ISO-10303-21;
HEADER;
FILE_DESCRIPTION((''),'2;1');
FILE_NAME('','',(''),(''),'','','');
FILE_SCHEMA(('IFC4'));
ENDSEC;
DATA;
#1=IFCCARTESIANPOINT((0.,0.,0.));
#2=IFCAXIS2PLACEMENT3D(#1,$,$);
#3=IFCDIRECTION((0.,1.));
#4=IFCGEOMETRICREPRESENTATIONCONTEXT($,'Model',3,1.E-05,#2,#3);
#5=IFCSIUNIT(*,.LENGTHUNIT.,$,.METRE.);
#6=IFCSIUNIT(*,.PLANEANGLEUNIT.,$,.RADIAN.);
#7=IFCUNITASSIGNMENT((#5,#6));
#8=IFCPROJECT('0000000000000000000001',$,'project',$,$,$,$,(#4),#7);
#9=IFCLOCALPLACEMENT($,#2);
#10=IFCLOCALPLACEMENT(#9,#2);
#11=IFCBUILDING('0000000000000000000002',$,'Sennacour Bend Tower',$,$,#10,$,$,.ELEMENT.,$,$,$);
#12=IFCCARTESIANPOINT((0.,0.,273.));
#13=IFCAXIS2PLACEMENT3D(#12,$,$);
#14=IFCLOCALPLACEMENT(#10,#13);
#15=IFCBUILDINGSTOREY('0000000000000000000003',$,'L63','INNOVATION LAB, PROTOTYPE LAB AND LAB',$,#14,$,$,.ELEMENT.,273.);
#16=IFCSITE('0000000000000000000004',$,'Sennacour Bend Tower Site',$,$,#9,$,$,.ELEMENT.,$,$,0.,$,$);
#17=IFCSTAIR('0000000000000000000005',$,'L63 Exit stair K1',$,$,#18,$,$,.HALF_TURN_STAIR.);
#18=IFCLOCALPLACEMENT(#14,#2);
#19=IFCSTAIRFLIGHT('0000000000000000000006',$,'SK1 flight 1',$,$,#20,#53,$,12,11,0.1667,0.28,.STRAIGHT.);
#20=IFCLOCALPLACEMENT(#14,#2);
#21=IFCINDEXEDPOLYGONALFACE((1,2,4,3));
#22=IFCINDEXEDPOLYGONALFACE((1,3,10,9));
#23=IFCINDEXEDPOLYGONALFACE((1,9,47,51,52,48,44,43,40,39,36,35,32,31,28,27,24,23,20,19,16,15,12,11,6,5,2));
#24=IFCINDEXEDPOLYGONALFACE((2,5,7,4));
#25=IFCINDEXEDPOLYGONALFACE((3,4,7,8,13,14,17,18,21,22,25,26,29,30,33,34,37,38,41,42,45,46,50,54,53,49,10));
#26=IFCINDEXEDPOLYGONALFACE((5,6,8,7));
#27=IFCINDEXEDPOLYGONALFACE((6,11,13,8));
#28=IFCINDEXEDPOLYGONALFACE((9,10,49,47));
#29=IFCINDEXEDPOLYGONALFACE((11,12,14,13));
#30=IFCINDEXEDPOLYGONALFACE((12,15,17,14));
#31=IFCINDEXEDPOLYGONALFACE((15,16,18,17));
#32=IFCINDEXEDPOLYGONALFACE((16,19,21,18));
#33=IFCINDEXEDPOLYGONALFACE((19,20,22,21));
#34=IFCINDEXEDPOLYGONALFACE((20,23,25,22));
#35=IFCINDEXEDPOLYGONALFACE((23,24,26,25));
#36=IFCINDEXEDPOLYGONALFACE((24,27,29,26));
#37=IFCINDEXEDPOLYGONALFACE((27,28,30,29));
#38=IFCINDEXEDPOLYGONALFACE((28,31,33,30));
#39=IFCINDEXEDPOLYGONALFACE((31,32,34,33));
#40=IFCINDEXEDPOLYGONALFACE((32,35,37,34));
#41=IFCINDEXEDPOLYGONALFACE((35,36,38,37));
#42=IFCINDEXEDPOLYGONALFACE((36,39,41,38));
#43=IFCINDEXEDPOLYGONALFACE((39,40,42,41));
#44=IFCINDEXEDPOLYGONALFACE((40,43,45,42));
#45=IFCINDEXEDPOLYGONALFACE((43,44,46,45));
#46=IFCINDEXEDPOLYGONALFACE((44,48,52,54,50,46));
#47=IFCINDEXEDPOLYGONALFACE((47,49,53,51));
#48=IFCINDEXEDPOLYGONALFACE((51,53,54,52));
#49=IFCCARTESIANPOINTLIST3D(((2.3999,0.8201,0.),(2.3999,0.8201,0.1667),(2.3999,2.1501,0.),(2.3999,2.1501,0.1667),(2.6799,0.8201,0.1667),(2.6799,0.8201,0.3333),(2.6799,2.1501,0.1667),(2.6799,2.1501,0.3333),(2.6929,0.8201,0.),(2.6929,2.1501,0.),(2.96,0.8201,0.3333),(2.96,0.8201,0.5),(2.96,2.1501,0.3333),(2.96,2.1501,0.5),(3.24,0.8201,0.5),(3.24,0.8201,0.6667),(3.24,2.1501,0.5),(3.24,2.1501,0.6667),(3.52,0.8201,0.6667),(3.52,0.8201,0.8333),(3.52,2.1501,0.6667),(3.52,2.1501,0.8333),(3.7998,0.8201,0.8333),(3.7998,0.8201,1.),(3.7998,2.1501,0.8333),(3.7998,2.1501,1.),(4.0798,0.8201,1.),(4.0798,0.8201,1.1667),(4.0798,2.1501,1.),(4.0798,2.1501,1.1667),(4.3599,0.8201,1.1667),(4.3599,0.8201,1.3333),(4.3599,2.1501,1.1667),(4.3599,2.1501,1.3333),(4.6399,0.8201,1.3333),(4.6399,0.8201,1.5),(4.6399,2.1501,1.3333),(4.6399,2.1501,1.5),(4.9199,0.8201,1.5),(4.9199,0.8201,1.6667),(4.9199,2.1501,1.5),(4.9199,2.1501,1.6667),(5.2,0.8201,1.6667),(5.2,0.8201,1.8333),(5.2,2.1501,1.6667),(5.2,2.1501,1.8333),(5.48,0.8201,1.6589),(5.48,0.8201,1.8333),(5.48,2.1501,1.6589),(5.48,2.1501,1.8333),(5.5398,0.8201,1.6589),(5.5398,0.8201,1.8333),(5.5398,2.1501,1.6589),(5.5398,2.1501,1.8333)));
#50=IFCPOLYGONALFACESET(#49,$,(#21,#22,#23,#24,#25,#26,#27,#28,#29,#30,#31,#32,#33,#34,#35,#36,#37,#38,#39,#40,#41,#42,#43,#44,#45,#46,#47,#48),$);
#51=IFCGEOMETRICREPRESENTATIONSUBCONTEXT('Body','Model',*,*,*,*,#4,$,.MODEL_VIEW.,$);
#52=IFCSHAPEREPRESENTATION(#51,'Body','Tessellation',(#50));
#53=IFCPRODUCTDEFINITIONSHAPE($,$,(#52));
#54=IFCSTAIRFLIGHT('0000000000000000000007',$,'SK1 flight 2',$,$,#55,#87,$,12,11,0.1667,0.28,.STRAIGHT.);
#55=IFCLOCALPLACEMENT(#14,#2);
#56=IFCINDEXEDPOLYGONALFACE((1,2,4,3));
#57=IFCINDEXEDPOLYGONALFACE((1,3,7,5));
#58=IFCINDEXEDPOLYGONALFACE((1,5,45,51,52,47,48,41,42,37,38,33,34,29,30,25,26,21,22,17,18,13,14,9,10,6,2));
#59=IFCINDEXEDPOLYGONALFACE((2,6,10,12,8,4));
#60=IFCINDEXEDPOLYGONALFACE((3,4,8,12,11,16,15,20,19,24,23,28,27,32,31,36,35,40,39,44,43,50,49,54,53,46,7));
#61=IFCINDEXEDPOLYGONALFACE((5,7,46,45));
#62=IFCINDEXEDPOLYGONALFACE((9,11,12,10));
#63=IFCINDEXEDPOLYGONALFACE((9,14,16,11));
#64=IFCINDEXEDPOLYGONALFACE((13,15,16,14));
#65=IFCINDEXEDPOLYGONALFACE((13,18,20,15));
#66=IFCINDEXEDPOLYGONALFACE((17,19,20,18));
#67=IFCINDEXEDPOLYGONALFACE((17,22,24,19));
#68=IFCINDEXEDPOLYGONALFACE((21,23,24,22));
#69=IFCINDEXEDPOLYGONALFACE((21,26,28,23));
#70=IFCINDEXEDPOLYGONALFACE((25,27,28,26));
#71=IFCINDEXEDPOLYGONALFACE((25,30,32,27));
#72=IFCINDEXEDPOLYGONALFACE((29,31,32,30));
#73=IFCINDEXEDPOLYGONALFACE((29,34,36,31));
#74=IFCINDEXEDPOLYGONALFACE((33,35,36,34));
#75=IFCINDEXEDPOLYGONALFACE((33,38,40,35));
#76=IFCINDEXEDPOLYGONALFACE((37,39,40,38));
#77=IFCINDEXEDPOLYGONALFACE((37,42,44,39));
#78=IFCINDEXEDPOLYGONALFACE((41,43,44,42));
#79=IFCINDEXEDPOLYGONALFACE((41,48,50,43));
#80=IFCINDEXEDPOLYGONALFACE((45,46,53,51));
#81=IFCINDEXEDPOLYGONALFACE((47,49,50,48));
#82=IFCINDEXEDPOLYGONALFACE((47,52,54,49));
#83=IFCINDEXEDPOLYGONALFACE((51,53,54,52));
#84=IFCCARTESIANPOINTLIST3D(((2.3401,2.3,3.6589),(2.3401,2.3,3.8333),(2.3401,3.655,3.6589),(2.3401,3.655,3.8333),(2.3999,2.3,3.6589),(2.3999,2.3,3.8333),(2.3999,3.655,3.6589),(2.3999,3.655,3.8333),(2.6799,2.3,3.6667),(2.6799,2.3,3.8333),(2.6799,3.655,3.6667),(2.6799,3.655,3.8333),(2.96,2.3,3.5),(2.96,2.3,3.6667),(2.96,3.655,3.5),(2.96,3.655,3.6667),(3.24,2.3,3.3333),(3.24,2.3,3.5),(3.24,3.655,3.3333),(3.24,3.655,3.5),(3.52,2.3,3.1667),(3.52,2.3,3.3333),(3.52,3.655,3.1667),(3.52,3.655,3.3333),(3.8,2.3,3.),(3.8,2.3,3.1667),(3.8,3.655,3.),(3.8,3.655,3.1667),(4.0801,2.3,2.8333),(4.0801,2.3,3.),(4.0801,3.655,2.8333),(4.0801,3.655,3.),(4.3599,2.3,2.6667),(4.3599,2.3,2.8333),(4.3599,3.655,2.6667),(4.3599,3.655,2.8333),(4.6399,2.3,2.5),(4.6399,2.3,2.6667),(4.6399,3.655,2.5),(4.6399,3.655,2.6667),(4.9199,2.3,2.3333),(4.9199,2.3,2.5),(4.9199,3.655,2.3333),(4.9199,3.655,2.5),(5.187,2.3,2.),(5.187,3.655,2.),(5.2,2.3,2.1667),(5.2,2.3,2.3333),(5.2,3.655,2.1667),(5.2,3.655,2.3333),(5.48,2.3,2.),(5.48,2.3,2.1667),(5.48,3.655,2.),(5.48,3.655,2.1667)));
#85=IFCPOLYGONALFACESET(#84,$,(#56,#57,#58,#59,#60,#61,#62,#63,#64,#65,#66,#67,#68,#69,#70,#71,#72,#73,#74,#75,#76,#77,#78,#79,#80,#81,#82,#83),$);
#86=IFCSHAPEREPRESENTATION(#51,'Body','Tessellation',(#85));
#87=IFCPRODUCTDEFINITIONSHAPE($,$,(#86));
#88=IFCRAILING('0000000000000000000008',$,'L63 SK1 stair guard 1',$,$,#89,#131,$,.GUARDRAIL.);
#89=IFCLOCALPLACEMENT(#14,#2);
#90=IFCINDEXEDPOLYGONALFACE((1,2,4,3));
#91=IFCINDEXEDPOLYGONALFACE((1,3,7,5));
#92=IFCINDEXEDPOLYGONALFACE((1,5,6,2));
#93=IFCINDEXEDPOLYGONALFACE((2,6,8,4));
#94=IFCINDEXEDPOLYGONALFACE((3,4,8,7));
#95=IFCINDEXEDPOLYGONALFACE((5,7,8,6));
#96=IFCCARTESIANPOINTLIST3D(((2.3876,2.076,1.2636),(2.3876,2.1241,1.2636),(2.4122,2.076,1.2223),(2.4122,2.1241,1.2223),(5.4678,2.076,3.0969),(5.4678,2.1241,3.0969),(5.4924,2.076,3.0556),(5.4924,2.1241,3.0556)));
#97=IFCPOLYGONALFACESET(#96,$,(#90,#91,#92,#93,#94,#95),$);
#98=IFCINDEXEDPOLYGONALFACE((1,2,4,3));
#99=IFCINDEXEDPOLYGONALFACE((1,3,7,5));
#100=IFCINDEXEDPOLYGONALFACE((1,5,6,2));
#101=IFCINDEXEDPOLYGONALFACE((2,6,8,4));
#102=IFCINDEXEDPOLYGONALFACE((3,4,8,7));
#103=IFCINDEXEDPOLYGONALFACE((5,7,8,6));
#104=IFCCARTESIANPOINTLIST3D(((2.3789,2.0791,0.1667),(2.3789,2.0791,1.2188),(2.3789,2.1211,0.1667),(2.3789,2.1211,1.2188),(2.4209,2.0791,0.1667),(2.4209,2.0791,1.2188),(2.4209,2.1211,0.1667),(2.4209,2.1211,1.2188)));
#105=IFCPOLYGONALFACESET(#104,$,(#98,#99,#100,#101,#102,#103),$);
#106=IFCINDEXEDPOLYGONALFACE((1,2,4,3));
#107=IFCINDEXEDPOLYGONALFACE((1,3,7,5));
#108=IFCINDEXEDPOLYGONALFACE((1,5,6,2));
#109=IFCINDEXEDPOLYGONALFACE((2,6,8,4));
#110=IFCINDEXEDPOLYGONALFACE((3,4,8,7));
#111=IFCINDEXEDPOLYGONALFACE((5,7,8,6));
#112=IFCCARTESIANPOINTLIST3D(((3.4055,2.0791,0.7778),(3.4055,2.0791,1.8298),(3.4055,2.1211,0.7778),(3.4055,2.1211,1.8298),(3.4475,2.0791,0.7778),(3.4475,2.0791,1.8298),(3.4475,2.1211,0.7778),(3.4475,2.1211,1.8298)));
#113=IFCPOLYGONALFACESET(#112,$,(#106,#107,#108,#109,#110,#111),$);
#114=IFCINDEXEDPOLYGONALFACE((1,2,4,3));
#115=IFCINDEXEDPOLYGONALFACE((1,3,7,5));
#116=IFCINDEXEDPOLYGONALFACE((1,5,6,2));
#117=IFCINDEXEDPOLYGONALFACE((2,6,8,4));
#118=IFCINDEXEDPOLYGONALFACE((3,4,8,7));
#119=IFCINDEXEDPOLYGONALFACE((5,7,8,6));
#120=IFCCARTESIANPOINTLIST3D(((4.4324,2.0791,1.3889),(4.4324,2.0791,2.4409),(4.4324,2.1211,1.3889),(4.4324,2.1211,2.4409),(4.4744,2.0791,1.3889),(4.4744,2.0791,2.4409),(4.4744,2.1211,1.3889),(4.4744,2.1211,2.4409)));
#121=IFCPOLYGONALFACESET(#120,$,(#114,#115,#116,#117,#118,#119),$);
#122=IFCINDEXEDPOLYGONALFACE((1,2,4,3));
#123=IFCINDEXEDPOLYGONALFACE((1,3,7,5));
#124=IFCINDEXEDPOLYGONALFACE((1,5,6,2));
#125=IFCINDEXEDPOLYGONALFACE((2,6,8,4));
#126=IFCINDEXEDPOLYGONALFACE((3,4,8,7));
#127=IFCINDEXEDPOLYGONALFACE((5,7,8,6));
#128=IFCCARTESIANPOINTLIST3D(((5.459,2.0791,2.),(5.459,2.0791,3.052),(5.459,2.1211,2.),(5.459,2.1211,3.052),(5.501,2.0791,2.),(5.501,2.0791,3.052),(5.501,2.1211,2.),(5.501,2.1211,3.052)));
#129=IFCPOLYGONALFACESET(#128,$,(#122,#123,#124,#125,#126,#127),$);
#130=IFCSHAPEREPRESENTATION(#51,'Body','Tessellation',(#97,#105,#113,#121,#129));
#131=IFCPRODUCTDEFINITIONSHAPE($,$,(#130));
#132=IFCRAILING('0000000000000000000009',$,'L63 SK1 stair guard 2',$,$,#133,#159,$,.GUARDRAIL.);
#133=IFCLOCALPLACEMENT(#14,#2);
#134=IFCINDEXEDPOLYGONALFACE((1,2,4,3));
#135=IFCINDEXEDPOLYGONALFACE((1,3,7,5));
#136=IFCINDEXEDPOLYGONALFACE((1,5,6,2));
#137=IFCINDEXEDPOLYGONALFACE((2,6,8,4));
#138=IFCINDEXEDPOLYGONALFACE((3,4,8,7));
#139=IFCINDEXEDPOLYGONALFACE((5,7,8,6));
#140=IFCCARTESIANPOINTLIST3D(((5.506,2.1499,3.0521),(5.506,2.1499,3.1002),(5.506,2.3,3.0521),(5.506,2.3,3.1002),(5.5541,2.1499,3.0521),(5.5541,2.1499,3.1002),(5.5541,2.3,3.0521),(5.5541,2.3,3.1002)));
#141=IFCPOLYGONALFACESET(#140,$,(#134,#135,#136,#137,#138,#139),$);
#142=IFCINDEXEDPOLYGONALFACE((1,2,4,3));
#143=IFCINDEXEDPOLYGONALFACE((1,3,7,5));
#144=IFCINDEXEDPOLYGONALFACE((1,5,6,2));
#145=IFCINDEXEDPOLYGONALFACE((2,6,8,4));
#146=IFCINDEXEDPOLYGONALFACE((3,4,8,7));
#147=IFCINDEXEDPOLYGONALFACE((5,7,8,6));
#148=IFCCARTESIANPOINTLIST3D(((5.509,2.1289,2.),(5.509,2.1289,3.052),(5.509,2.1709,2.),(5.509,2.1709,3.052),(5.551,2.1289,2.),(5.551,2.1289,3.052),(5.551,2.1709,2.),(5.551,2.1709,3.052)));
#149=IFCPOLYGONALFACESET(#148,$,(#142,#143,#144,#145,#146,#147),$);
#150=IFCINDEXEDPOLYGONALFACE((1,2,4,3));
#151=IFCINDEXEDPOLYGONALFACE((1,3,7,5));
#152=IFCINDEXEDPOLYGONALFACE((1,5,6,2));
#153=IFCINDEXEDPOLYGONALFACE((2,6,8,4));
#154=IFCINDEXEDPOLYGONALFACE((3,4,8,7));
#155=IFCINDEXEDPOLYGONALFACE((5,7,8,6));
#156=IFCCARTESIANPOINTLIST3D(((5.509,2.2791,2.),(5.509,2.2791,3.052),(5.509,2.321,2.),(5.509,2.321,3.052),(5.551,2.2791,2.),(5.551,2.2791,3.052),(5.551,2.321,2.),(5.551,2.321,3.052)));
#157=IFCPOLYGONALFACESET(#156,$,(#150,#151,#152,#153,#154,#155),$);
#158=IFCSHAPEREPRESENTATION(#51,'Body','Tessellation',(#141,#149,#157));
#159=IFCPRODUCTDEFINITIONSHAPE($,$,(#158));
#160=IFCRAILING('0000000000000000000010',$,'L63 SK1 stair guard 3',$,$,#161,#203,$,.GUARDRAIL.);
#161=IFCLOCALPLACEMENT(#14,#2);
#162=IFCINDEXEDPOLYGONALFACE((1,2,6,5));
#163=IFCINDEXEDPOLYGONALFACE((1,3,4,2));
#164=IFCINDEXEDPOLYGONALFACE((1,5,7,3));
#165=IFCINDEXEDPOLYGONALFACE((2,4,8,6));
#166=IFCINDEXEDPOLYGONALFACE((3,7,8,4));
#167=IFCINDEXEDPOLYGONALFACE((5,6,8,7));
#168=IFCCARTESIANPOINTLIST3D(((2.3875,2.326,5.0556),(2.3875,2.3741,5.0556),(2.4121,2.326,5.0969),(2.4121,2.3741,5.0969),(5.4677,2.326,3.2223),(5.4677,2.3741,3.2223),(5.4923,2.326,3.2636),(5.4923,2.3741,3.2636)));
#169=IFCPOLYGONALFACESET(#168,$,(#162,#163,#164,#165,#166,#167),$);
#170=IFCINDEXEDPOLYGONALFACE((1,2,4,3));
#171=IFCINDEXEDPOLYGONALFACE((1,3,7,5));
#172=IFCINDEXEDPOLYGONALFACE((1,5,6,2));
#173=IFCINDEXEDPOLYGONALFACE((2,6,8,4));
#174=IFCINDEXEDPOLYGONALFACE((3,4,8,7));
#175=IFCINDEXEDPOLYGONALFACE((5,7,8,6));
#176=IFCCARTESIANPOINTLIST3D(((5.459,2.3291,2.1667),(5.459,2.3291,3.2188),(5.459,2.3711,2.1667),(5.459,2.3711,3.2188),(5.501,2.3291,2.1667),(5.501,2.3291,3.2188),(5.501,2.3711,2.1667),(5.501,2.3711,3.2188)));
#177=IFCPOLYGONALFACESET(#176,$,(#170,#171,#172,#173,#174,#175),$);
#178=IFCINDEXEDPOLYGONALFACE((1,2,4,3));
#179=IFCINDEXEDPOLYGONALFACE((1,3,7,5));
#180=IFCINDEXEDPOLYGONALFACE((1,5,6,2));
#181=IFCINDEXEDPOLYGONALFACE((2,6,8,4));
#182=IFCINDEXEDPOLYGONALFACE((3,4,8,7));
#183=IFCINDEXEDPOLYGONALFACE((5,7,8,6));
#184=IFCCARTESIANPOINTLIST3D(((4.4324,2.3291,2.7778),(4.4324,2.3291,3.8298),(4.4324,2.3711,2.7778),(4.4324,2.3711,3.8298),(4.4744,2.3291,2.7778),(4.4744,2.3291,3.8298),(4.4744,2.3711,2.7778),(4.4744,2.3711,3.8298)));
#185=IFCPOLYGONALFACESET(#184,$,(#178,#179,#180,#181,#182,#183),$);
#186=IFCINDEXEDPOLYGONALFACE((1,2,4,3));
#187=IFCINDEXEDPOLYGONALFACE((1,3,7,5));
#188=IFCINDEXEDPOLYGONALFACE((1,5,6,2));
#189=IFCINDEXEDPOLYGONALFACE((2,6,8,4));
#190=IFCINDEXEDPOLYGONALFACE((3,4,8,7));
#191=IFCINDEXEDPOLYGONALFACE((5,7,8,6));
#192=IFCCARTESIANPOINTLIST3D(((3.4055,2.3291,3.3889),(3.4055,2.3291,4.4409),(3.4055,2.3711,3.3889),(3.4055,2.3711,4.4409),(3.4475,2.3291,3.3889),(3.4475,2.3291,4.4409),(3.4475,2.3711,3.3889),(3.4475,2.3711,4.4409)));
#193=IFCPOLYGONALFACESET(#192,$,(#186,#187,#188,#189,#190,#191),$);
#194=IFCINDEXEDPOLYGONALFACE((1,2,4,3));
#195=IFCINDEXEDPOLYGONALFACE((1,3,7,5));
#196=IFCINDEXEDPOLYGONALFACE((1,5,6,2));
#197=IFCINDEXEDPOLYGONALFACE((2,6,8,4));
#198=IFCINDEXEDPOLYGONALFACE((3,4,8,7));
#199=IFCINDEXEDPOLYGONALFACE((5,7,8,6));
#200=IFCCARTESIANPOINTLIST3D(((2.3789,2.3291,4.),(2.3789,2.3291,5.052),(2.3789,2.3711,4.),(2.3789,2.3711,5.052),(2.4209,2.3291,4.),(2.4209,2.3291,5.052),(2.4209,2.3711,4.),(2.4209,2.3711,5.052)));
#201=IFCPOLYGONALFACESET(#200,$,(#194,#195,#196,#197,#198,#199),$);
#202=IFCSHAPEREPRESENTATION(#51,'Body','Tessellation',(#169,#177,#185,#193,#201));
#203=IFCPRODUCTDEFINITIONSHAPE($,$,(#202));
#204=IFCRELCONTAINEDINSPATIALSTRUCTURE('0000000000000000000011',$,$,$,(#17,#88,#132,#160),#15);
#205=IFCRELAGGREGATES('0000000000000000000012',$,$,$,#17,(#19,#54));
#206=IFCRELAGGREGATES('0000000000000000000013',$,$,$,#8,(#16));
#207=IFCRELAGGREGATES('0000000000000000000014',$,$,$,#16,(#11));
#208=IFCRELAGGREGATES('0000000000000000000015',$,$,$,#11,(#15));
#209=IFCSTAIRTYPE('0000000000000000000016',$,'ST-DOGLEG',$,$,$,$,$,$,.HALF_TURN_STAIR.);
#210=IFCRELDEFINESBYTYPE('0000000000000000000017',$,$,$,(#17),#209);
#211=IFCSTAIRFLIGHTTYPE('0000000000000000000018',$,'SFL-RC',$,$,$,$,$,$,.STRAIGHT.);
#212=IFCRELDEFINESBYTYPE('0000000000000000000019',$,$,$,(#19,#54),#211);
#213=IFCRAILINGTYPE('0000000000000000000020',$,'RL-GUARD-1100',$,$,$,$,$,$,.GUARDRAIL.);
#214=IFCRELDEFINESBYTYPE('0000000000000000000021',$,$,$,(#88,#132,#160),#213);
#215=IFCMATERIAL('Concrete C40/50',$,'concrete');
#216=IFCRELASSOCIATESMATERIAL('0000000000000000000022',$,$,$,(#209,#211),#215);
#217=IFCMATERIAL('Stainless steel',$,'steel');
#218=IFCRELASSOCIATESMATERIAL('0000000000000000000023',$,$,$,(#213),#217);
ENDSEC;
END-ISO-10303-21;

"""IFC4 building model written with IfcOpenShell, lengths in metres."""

from ifc_helpers import new_model, si_unit, direction, frame, origin, origin_2d, place, context, subcontext, project, spatial, polyline, rectangle, outline, extrude, material, type_object, element, aggregate, save


model = new_model("IFC4")

# Units and contexts
model_context = context("Model", 3, precision=1e-05, world=origin(), true_north=direction((0.0, 1.0)))
body_context = subcontext(model_context, "Body", "Model", "MODEL_VIEW")
ifc_project = project(units=[si_unit("LENGTHUNIT", "METRE"), si_unit("PLANEANGLEUNIT", "RADIAN")], contexts=[model_context])

# Site, building, storey
site_placement = place(None, origin())
site = spatial("IfcSite", under=ifc_project, at=site_placement, Name="Sennacour Bend Tower Site", CompositionType="ELEMENT", RefElevation=0.0)
building_placement = place(site_placement, origin())
building = spatial("IfcBuilding", under=site, at=building_placement, Name="Sennacour Bend Tower", CompositionType="ELEMENT")
storey_placement = place(building_placement, frame((0.0, 0.0, 273.0)))
storey = spatial("IfcBuildingStorey", under=building, at=storey_placement, Name="L63", Description="INNOVATION LAB, PROTOTYPE LAB AND LAB", CompositionType="ELEMENT", Elevation=273.0)

# Shared definitions
ifc_material_1 = material(Name="Concrete C40/50", Category="concrete")

# Stair
stair_type = type_object("IfcStairType", Name="ST-DOGLEG", PredefinedType="HALF_TURN_STAIR", material=ifc_material_1)
stair_1_placement = place(storey_placement, origin())
stair_1 = element("IfcStair", 1, at=stair_1_placement, inside=storey, type_object=stair_type, Name="L63 Exit stair K1", PredefinedType="HALF_TURN_STAIR")

# Stair flights
stair_flight_type = type_object("IfcStairFlightType", Name="SFL-RC", PredefinedType="STRAIGHT", material=ifc_material_1)
stair_flight_1_placement = place(storey_placement, frame((2.3999, 1.4851, 0.0), z_axis=(0.0, 0.0, 1.0), x_axis=(1.0, 0.0, 0.0)))
stair_flight_1 = element("IfcStairFlight", 2, at=stair_flight_1_placement, type_object=stair_flight_type, Name="SK1 flight 1", NumberOfRisers=12, NumberOfTreads=11, PredefinedType="STRAIGHT", RiserHeight=0.1667, TreadLength=0.28, context=body_context, shape_type="SweptSolid", body=[
    extrude(outline(polyline([(0.0, 0.0), (0.0, 0.1667), (0.28, 0.1667), (0.28, 0.3333), (0.5601, 0.3333), (0.5601, 0.5), (0.8401, 0.5), (0.8401, 0.6667), (1.1201, 0.6667), (1.1201, 0.8333), (1.3999, 0.8333), (1.3999, 1.0), (1.6799, 1.0), (1.6799, 1.1667), (1.96, 1.1667), (1.96, 1.3333), (2.24, 1.3333), (2.24, 1.5), (2.52, 1.5), (2.52, 1.6667), (2.8, 1.6667), (2.8, 1.8333), (3.0801, 1.8333), (3.1399, 1.8333), (3.1399, 1.6589), (3.0801, 1.6589), (0.293, 0.0), (0.0, 0.0)])), frame((0.0, 0.665, 0.0), z_axis=(0.0, -1.0, 0.0), x_axis=(1.0, 0.0, 0.0)), (0.0, 0.0, 1.0), 1.3301),
])
stair_flight_2_placement = place(storey_placement, frame((5.48, 2.9775, 2.0), z_axis=(0.0, 0.0, 1.0), x_axis=(-1.0, 0.0, 0.0)))
stair_flight_2 = element("IfcStairFlight", 3, at=stair_flight_2_placement, type_object=stair_flight_type, Name="SK1 flight 2", NumberOfRisers=12, NumberOfTreads=11, PredefinedType="STRAIGHT", RiserHeight=0.1667, TreadLength=0.28, context=body_context, shape_type="SweptSolid", body=[
    extrude(outline(polyline([(0.0, 0.0), (0.0, 0.1667), (0.28, 0.1667), (0.28, 0.3333), (0.5601, 0.3333), (0.5601, 0.5), (0.8401, 0.5), (0.8401, 0.6667), (1.1201, 0.6667), (1.1201, 0.8333), (1.3999, 0.8333), (1.3999, 1.0), (1.6799, 1.0), (1.6799, 1.1667), (1.96, 1.1667), (1.96, 1.3333), (2.24, 1.3333), (2.24, 1.5), (2.52, 1.5), (2.52, 1.6667), (2.8, 1.6667), (2.8, 1.8333), (3.0801, 1.8333), (3.1399, 1.8333), (3.1399, 1.6589), (3.0801, 1.6589), (0.293, 0.0), (0.0, 0.0)])), frame((0.0, 0.6775, 0.0), z_axis=(0.0, -1.0, 0.0), x_axis=(1.0, 0.0, 0.0)), (0.0, 0.0, 1.0), 1.355),
])
aggregate(stair_1, [stair_flight_1, stair_flight_2])

# Railings
ifc_material_2 = material(Name="Stainless steel", Category="steel")
railing_type_1 = type_object("IfcRailingType", Name="RL-GUARD-1100", PredefinedType="GUARDRAIL", material=ifc_material_2)
railing_1_placement = place(storey_placement, frame((2.3999, 2.1001, 0.1667)))
element("IfcRailing", 4, at=railing_1_placement, inside=storey, type_object=railing_type_1, Name="L63 SK1 stair guard 1", PredefinedType="GUARDRAIL", context=body_context, shape_type="SweptSolid", body=[
    extrude(rectangle(XDim=0.0481, YDim=0.0481, at=origin_2d()), frame((0.0, 0.0, 1.0762), z_axis=(0.859309, 0.0, 0.511458), x_axis=(0.0, 1.0, 0.0)), (0.0, 0.0, 1.0), 3.5845),
    extrude(rectangle(XDim=0.042, YDim=0.042, at=origin_2d()), origin(), (0.0, 0.0, 1.0), 1.052),
    extrude(rectangle(XDim=0.042, YDim=0.042, at=origin_2d()), frame((1.0266, 0.0, 0.6111)), (0.0, 0.0, 1.0), 1.052),
    extrude(rectangle(XDim=0.042, YDim=0.042, at=origin_2d()), frame((2.0535, 0.0, 1.2222)), (0.0, 0.0, 1.0), 1.052),
    extrude(rectangle(XDim=0.042, YDim=0.042, at=origin_2d()), frame((3.0801, 0.0, 1.8333)), (0.0, 0.0, 1.0), 1.052),
])
railing_2_placement = place(storey_placement, frame((5.53, 2.1499, 2.0)))
element("IfcRailing", 5, at=railing_2_placement, inside=storey, type_object=railing_type_1, Name="L63 SK1 stair guard 2", PredefinedType="GUARDRAIL", context=body_context, shape_type="SweptSolid", body=[
    extrude(rectangle(XDim=0.0481, YDim=0.0481, at=origin_2d()), frame((0.0, 0.0, 1.0762), z_axis=(0.0, 1.0, 0.0), x_axis=(-1.0, 0.0, 0.0)), (0.0, 0.0, 1.0), 0.1501),
    extrude(rectangle(XDim=0.042, YDim=0.042, at=origin_2d()), origin(), (0.0, 0.0, 1.0), 1.052),
    extrude(rectangle(XDim=0.042, YDim=0.042, at=origin_2d()), frame((0.0, 0.1501, 0.0)), (0.0, 0.0, 1.0), 1.052),
])
railing_3_placement = place(storey_placement, frame((5.48, 2.3501, 2.1667)))
element("IfcRailing", 6, at=railing_3_placement, inside=storey, type_object=railing_type_1, Name="L63 SK1 stair guard 3", PredefinedType="GUARDRAIL", context=body_context, shape_type="SweptSolid", body=[
    extrude(rectangle(XDim=0.0481, YDim=0.0481, at=origin_2d()), frame((0.0, 0.0, 1.0762), z_axis=(-0.859309, 0.0, 0.511458), x_axis=(0.0, -1.0, 0.0)), (0.0, 0.0, 1.0), 3.5845),
    extrude(rectangle(XDim=0.042, YDim=0.042, at=origin_2d()), origin(), (0.0, 0.0, 1.0), 1.052),
    extrude(rectangle(XDim=0.042, YDim=0.042, at=origin_2d()), frame((-1.0266, 0.0, 0.6111)), (0.0, 0.0, 1.0), 1.052),
    extrude(rectangle(XDim=0.042, YDim=0.042, at=origin_2d()), frame((-2.0535, 0.0, 1.2222)), (0.0, 0.0, 1.0), 1.052),
    extrude(rectangle(XDim=0.042, YDim=0.042, at=origin_2d()), frame((-3.0801, 0.0, 1.8333)), (0.0, 0.0, 1.0), 1.052),
])

save(model, "model.ifc")
